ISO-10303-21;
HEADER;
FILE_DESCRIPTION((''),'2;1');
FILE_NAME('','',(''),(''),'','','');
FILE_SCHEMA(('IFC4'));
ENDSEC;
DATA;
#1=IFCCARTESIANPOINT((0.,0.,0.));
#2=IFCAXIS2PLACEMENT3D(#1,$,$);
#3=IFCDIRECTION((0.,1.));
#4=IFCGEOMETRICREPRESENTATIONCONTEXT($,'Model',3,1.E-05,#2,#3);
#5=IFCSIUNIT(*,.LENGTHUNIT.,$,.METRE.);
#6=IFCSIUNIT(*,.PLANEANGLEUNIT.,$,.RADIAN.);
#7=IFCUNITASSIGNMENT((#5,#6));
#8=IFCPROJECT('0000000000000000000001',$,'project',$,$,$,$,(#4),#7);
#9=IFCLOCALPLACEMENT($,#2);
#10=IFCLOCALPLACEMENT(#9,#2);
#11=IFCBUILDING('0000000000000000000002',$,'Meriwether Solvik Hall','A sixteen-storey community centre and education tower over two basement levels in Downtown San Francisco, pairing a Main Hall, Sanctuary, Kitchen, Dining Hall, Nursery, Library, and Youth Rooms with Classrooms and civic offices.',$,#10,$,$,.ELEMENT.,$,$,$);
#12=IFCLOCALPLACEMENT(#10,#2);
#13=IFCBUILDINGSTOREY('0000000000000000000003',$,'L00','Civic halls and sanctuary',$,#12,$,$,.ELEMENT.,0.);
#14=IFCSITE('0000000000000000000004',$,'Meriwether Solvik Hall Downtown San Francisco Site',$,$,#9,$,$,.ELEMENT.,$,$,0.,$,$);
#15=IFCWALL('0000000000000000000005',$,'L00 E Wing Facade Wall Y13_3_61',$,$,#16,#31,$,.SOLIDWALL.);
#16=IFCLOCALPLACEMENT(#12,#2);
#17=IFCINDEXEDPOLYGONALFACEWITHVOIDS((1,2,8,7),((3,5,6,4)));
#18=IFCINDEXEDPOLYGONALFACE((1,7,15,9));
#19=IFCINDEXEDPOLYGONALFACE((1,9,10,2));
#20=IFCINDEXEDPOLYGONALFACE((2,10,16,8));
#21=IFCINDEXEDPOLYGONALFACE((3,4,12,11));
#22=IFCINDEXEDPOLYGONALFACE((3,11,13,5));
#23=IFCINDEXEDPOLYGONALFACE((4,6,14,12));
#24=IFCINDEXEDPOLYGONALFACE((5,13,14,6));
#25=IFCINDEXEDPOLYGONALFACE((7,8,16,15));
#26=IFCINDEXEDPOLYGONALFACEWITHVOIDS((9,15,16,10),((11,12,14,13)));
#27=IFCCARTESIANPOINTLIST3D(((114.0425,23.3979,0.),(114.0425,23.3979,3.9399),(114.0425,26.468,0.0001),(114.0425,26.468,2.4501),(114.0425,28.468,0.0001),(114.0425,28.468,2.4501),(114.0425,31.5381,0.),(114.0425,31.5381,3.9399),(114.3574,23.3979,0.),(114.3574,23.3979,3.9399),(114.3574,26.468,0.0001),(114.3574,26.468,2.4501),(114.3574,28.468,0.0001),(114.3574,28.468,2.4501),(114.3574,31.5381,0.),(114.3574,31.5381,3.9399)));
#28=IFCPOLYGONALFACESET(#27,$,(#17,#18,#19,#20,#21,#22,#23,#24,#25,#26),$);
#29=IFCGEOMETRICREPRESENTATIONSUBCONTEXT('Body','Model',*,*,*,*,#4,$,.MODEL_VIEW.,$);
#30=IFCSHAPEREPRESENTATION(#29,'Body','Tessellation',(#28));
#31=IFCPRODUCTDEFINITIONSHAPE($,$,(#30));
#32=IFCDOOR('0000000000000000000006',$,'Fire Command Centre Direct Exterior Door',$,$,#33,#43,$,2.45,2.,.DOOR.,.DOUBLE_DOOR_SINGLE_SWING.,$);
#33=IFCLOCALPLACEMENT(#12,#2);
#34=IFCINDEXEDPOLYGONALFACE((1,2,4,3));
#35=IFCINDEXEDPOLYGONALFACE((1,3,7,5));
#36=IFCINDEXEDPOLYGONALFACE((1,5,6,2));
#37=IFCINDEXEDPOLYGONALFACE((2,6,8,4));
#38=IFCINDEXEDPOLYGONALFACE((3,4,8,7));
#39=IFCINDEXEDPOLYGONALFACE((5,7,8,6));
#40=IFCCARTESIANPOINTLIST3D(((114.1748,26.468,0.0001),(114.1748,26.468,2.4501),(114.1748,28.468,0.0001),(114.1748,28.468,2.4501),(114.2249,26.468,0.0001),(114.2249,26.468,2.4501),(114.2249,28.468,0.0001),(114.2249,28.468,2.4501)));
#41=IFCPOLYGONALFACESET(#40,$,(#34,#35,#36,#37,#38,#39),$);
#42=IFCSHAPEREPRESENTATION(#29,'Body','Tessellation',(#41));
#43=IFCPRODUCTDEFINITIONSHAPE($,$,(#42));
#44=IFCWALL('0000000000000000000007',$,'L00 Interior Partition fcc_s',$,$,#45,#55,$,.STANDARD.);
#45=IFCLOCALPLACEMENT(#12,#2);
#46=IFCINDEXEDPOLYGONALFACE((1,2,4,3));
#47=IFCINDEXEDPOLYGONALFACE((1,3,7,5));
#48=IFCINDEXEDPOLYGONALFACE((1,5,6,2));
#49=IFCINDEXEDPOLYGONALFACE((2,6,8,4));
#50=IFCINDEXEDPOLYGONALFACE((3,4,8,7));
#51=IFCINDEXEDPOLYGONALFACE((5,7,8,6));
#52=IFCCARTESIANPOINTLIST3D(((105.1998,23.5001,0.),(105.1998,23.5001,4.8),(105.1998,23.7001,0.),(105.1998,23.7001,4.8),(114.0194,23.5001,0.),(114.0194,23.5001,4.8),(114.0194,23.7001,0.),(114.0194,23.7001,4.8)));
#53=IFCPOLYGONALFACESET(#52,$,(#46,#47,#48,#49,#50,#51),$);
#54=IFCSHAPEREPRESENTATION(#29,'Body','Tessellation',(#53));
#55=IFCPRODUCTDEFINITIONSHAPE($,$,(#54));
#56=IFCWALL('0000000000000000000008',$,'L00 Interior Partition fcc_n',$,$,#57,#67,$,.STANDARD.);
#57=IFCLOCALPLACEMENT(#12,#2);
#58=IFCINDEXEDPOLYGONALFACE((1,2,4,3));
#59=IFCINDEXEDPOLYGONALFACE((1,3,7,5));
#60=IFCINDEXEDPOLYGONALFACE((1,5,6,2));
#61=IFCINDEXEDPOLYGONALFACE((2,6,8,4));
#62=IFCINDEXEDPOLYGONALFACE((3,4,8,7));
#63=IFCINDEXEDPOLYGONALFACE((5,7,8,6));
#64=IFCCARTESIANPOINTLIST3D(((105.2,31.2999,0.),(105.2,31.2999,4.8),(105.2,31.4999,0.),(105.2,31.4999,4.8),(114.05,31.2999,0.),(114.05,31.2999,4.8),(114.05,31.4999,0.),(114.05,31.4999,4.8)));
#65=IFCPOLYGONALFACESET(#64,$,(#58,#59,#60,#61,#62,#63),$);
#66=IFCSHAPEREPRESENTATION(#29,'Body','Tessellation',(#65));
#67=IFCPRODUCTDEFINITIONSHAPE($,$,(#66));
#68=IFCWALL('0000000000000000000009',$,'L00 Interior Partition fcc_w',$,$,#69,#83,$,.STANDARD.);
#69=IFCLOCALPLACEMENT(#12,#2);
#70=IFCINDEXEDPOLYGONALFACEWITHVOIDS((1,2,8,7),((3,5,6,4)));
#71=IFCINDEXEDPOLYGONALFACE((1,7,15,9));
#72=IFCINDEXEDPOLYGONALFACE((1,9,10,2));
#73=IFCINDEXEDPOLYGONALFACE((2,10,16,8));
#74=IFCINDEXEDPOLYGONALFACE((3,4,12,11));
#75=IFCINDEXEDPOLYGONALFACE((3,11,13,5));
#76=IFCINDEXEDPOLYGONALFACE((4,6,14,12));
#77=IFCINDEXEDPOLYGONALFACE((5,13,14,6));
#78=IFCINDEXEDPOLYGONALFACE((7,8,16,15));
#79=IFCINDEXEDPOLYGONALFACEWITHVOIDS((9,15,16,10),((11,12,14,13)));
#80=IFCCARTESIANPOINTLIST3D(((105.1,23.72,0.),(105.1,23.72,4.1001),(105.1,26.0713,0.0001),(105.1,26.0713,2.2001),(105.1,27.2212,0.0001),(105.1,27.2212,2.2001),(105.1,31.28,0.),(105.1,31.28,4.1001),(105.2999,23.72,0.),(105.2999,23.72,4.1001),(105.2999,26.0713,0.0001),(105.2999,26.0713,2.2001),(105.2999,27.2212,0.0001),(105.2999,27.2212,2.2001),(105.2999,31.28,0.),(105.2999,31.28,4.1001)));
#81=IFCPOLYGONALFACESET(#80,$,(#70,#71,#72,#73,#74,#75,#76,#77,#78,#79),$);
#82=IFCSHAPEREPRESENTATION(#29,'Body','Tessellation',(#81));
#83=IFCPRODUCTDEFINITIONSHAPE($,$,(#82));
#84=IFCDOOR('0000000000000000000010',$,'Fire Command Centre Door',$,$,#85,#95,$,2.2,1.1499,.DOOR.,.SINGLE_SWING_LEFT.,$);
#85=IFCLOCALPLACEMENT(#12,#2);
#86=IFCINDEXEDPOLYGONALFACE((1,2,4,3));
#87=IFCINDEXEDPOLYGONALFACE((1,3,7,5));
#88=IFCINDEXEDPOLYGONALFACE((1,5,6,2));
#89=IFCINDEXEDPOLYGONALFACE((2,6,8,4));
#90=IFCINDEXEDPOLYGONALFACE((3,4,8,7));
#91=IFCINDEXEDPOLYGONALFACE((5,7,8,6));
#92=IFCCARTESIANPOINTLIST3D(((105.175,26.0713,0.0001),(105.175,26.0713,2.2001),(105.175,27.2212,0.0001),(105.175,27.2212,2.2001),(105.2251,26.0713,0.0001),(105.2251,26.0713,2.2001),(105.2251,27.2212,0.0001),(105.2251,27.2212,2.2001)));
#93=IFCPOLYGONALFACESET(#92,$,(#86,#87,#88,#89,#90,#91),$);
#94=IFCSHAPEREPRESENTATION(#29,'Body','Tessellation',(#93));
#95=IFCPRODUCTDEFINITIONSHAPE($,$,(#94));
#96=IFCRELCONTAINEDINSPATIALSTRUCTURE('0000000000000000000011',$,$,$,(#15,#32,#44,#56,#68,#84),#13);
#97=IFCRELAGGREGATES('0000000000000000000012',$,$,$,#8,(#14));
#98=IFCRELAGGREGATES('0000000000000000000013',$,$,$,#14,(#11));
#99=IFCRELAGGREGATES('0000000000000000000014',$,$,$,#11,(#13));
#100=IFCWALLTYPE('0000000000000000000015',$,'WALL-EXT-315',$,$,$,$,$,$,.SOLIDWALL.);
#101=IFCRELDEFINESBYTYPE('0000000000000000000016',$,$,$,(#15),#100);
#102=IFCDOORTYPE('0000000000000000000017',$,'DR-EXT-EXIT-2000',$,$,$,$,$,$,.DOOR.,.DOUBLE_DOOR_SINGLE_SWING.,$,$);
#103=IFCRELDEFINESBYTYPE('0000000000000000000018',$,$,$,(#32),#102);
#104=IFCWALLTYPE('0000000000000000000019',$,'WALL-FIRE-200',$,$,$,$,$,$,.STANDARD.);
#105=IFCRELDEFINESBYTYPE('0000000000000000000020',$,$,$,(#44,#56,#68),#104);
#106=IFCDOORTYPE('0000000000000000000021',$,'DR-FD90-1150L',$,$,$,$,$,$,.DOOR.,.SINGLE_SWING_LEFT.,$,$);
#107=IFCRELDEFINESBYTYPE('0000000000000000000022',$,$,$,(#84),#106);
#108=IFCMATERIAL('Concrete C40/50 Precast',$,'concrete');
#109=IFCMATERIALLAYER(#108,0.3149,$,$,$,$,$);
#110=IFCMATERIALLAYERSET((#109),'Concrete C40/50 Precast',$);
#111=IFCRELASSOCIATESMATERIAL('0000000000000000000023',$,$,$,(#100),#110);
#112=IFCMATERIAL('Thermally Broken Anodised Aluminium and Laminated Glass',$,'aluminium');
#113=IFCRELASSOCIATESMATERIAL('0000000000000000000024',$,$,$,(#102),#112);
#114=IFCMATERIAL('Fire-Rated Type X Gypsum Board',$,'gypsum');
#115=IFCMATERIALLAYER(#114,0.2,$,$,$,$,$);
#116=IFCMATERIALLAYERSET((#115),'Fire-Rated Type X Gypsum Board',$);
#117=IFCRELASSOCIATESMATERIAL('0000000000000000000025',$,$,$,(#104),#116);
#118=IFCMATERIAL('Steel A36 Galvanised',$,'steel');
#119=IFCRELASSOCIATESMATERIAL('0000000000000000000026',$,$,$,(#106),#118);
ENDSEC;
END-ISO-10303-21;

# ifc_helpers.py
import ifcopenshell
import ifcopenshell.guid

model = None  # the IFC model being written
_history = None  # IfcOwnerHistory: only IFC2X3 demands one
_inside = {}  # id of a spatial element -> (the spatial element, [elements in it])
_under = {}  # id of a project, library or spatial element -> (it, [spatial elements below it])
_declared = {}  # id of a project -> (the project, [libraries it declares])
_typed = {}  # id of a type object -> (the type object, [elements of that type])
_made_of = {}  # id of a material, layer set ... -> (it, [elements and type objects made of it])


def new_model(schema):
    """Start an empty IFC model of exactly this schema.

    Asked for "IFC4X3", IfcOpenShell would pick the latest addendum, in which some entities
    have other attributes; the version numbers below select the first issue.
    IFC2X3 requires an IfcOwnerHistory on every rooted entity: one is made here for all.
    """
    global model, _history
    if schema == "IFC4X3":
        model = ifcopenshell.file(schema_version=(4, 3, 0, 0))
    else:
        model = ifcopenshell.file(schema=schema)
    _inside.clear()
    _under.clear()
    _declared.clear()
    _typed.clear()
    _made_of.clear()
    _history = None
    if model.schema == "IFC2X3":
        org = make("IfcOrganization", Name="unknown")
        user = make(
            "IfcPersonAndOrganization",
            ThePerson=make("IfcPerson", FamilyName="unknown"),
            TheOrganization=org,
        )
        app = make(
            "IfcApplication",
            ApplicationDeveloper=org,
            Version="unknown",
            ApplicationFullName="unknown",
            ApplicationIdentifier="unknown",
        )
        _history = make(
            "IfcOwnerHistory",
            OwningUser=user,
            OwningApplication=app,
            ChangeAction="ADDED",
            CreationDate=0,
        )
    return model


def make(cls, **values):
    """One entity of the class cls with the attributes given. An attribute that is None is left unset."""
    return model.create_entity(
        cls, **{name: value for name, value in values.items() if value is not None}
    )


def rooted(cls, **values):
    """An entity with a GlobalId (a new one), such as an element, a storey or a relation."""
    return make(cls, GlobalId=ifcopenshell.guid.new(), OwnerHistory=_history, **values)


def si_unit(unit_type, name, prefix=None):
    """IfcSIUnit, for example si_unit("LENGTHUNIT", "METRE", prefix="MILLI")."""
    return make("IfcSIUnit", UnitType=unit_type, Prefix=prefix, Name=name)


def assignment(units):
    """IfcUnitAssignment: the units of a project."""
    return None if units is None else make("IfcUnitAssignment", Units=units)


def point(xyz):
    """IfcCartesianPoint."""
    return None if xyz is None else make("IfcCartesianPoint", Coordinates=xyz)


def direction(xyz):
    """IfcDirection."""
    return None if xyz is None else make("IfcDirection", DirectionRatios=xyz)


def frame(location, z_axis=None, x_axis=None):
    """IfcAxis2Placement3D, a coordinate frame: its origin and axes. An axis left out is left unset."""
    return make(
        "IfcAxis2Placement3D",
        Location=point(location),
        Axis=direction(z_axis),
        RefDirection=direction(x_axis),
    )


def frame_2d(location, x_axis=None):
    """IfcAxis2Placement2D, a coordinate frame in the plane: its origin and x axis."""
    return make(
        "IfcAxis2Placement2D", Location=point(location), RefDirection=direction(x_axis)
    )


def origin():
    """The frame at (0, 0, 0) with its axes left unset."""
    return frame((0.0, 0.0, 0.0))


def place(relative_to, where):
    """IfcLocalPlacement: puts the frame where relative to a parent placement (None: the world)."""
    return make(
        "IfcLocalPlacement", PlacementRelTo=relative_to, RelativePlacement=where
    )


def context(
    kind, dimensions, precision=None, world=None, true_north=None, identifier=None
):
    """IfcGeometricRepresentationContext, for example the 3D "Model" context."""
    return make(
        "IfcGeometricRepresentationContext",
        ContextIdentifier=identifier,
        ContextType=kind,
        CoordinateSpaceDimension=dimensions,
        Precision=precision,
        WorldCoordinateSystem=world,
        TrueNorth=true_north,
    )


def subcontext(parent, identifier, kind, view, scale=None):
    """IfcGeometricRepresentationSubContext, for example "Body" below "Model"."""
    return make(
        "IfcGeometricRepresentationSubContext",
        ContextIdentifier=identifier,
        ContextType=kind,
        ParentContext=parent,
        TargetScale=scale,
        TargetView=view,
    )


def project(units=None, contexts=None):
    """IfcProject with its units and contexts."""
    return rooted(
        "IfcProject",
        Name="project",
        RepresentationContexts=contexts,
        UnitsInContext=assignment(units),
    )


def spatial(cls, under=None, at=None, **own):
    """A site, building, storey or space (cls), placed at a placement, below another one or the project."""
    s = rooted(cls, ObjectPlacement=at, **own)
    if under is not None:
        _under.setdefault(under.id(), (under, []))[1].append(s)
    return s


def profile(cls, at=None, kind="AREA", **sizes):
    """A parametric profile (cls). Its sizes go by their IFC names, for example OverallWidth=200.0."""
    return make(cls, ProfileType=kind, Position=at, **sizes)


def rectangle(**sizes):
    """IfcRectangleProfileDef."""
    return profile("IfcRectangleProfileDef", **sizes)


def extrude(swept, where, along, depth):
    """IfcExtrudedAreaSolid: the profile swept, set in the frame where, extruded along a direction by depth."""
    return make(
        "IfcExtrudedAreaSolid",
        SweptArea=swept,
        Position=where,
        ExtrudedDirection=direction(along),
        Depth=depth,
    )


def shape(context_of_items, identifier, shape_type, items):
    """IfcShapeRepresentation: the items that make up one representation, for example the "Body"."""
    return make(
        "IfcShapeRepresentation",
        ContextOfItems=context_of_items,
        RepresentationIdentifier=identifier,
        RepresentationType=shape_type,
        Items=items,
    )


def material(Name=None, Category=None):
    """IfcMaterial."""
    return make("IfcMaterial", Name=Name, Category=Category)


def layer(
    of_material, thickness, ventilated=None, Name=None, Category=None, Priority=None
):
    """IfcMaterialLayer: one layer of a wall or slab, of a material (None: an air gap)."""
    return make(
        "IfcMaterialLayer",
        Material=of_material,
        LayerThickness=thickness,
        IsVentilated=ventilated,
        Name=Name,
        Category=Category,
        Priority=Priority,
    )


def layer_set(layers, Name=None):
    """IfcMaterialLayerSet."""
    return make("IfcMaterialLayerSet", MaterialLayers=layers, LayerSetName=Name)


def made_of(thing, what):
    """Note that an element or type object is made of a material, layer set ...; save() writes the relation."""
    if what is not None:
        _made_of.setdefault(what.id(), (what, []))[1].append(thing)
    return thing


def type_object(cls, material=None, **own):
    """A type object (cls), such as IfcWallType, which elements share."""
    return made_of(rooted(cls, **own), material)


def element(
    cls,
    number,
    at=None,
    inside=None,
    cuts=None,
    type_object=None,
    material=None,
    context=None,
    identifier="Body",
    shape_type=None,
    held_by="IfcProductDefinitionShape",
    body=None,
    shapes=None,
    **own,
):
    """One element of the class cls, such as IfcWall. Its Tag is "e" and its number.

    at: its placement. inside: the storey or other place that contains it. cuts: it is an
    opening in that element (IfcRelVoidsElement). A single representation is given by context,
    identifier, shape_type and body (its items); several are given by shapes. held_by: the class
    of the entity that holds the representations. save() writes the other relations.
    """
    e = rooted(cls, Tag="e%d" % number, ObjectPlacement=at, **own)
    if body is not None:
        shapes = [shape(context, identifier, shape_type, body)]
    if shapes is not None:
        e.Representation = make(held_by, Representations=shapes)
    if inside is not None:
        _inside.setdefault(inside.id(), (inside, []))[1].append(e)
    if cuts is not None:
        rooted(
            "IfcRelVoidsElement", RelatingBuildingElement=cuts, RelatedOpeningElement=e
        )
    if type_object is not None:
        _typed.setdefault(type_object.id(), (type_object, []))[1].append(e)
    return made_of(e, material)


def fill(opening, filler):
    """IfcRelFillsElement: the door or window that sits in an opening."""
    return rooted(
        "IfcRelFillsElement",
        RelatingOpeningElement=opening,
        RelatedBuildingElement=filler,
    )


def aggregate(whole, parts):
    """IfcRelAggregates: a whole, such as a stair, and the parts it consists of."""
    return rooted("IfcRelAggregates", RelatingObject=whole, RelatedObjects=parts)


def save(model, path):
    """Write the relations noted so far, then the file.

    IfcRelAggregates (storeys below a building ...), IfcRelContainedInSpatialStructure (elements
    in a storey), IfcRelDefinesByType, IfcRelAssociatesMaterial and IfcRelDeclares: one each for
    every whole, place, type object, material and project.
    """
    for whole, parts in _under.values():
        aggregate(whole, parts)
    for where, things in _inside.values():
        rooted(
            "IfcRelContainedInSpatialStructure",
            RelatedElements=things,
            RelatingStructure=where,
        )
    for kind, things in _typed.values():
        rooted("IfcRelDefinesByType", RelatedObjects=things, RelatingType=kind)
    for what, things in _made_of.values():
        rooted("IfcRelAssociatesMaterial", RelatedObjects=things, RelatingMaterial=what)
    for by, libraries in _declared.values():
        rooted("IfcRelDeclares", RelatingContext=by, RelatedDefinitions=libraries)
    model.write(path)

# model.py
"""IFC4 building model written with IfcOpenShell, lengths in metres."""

from ifc_helpers import new_model, si_unit, direction, frame, frame_2d, origin, place, context, subcontext, project, spatial, rectangle, extrude, material, layer, layer_set, type_object, element, fill, save


model = new_model("IFC4")

# Units and contexts
model_context = context("Model", 3, precision=1e-05, world=origin(), true_north=direction((0.0, 1.0)))
body_context = subcontext(model_context, "Body", "Model", "MODEL_VIEW")
ifc_project = project(units=[si_unit("LENGTHUNIT", "METRE"), si_unit("PLANEANGLEUNIT", "RADIAN")], contexts=[model_context])

# Site, building, storey
site_placement = place(None, origin())
site = spatial("IfcSite", under=ifc_project, at=site_placement, Name="Meriwether Solvik Hall Downtown San Francisco Site", CompositionType="ELEMENT", RefElevation=0.0)
building_placement = place(site_placement, origin())
building = spatial("IfcBuilding", under=site, at=building_placement, Name="Meriwether Solvik Hall", Description="A sixteen-storey community centre and education tower over two basement levels in Downtown San Francisco, pairing a Main Hall, Sanctuary, Kitchen, Dining Hall, Nursery, Library, and Youth Rooms with Classrooms and civic offices.", CompositionType="ELEMENT")
storey_placement = place(building_placement, origin())
storey = spatial("IfcBuildingStorey", under=building, at=storey_placement, Name="L00", Description="Civic halls and sanctuary", CompositionType="ELEMENT", Elevation=0.0)

# Wall, opening, door
ifc_material_1 = material(Name="Concrete C40/50 Precast", Category="concrete")
ifc_layer_1 = layer(ifc_material_1, 0.3149)
ifc_layer_set_1 = layer_set([ifc_layer_1], Name="Concrete C40/50 Precast")
wall_type_1 = type_object("IfcWallType", Name="WALL-EXT-315", PredefinedType="SOLIDWALL", material=ifc_layer_set_1)
wall_1_placement = place(storey_placement, frame((114.2, 31.5381, 0.0), z_axis=(0.0, 0.0, 1.0), x_axis=(0.0, -1.0, 0.0)))
wall_1 = element("IfcWall", 1, at=wall_1_placement, inside=storey, type_object=wall_type_1, Name="L00 E Wing Facade Wall Y13_3_61", PredefinedType="SOLIDWALL", context=body_context, shape_type="SweptSolid", body=[
    extrude(rectangle(XDim=8.1401, YDim=0.3149, at=frame_2d((4.0701, 0.0))), origin(), (0.0, 0.0, 1.0), 3.9399),
])
opening_1_placement = place(wall_1_placement, frame((3.0701, 0.0, 0.0)))
opening_1 = element("IfcOpeningElement", 2, at=opening_1_placement, cuts=wall_1, PredefinedType="OPENING", context=body_context, shape_type="SweptSolid", body=[
    extrude(rectangle(XDim=2.0, YDim=2.45, at=frame_2d((1.0, 1.2251))), frame((0.0, 0.1694, 0.0), z_axis=(0.0, -1.0, 0.0), x_axis=(1.0, 0.0, 0.0)), (0.0, 0.0, 1.0), 0.3389),
])
ifc_material_2 = material(Name="Thermally Broken Anodised Aluminium and Laminated Glass", Category="aluminium")
door_type_1 = type_object("IfcDoorType", Name="DR-EXT-EXIT-2000", OperationType="DOUBLE_DOOR_SINGLE_SWING", PredefinedType="DOOR", material=ifc_material_2)
door_1_placement = place(opening_1_placement, origin())
door_1 = element("IfcDoor", 3, at=door_1_placement, inside=storey, type_object=door_type_1, Name="Fire Command Centre Direct Exterior Door", OperationType="DOUBLE_DOOR_SINGLE_SWING", OverallHeight=2.45, OverallWidth=2.0, PredefinedType="DOOR", context=body_context, shape_type="SweptSolid", body=[
    extrude(rectangle(XDim=2.0, YDim=2.45, at=frame_2d((1.0, 1.2251))), frame((0.0, 0.0249, 0.0), z_axis=(0.0, -1.0, 0.0), x_axis=(1.0, 0.0, 0.0)), (0.0, 0.0, 1.0), 0.05),
])
fill(opening_1, door_1)

# Walls
ifc_material_3 = material(Name="Fire-Rated Type X Gypsum Board", Category="gypsum")
ifc_layer_2 = layer(ifc_material_3, 0.2)
ifc_layer_set_2 = layer_set([ifc_layer_2], Name="Fire-Rated Type X Gypsum Board")
wall_type_2 = type_object("IfcWallType", Name="WALL-FIRE-200", PredefinedType="STANDARD", material=ifc_layer_set_2)
wall_2_placement = place(storey_placement, frame((105.2, 23.6001, 0.0), z_axis=(0.0, 0.0, 1.0), x_axis=(1.0, 0.0, 0.0)))
element("IfcWall", 4, at=wall_2_placement, inside=storey, type_object=wall_type_2, Name="L00 Interior Partition fcc_s", PredefinedType="STANDARD", context=body_context, shape_type="SweptSolid", body=[
    extrude(rectangle(XDim=8.8196, YDim=0.2, at=frame_2d((4.4097, 0.0))), origin(), (0.0, 0.0, 1.0), 4.8),
])
wall_3_placement = place(storey_placement, frame((114.05, 31.3999, 0.0), z_axis=(0.0, 0.0, 1.0), x_axis=(-1.0, 0.0, 0.0)))
element("IfcWall", 5, at=wall_3_placement, inside=storey, type_object=wall_type_2, Name="L00 Interior Partition fcc_n", PredefinedType="STANDARD", context=body_context, shape_type="SweptSolid", body=[
    extrude(rectangle(XDim=8.8501, YDim=0.2, at=frame_2d((4.425, 0.0))), origin(), (0.0, 0.0, 1.0), 4.8),
])

# Wall, opening, door
wall_4_placement = place(storey_placement, frame((105.2, 23.72, 0.0), z_axis=(0.0, 0.0, 1.0), x_axis=(0.0, 1.0, 0.0)))
wall_4 = element("IfcWall", 6, at=wall_4_placement, inside=storey, type_object=wall_type_2, Name="L00 Interior Partition fcc_w", PredefinedType="STANDARD", context=body_context, shape_type="SweptSolid", body=[
    extrude(rectangle(XDim=7.5601, YDim=0.2, at=frame_2d((3.78, 0.0))), origin(), (0.0, 0.0, 1.0), 4.1001),
])
opening_2_placement = place(wall_4_placement, frame((2.3513, 0.0, 0.0)))
opening_2 = element("IfcOpeningElement", 7, at=opening_2_placement, cuts=wall_4, PredefinedType="OPENING", context=body_context, shape_type="SweptSolid", body=[
    extrude(rectangle(XDim=1.1499, YDim=2.2, at=frame_2d((0.575, 1.1001))), frame((0.0, 0.1118, 0.0), z_axis=(0.0, -1.0, 0.0), x_axis=(1.0, 0.0, 0.0)), (0.0, 0.0, 1.0), 0.2239),
])
ifc_material_4 = material(Name="Steel A36 Galvanised", Category="steel")
door_type_2 = type_object("IfcDoorType", Name="DR-FD90-1150L", OperationType="SINGLE_SWING_LEFT", PredefinedType="DOOR", material=ifc_material_4)
door_2_placement = place(opening_2_placement, origin())
door_2 = element("IfcDoor", 8, at=door_2_placement, inside=storey, type_object=door_type_2, Name="Fire Command Centre Door", OperationType="SINGLE_SWING_LEFT", OverallHeight=2.2, OverallWidth=1.1499, PredefinedType="DOOR", context=body_context, shape_type="SweptSolid", body=[
    extrude(rectangle(XDim=1.1499, YDim=2.2, at=frame_2d((0.575, 1.1001))), frame((0.0, 0.0249, 0.0), z_axis=(0.0, -1.0, 0.0), x_axis=(1.0, 0.0, 0.0)), (0.0, 0.0, 1.0), 0.05),
])
fill(opening_2, door_2)

save(model, "model.ifc")
